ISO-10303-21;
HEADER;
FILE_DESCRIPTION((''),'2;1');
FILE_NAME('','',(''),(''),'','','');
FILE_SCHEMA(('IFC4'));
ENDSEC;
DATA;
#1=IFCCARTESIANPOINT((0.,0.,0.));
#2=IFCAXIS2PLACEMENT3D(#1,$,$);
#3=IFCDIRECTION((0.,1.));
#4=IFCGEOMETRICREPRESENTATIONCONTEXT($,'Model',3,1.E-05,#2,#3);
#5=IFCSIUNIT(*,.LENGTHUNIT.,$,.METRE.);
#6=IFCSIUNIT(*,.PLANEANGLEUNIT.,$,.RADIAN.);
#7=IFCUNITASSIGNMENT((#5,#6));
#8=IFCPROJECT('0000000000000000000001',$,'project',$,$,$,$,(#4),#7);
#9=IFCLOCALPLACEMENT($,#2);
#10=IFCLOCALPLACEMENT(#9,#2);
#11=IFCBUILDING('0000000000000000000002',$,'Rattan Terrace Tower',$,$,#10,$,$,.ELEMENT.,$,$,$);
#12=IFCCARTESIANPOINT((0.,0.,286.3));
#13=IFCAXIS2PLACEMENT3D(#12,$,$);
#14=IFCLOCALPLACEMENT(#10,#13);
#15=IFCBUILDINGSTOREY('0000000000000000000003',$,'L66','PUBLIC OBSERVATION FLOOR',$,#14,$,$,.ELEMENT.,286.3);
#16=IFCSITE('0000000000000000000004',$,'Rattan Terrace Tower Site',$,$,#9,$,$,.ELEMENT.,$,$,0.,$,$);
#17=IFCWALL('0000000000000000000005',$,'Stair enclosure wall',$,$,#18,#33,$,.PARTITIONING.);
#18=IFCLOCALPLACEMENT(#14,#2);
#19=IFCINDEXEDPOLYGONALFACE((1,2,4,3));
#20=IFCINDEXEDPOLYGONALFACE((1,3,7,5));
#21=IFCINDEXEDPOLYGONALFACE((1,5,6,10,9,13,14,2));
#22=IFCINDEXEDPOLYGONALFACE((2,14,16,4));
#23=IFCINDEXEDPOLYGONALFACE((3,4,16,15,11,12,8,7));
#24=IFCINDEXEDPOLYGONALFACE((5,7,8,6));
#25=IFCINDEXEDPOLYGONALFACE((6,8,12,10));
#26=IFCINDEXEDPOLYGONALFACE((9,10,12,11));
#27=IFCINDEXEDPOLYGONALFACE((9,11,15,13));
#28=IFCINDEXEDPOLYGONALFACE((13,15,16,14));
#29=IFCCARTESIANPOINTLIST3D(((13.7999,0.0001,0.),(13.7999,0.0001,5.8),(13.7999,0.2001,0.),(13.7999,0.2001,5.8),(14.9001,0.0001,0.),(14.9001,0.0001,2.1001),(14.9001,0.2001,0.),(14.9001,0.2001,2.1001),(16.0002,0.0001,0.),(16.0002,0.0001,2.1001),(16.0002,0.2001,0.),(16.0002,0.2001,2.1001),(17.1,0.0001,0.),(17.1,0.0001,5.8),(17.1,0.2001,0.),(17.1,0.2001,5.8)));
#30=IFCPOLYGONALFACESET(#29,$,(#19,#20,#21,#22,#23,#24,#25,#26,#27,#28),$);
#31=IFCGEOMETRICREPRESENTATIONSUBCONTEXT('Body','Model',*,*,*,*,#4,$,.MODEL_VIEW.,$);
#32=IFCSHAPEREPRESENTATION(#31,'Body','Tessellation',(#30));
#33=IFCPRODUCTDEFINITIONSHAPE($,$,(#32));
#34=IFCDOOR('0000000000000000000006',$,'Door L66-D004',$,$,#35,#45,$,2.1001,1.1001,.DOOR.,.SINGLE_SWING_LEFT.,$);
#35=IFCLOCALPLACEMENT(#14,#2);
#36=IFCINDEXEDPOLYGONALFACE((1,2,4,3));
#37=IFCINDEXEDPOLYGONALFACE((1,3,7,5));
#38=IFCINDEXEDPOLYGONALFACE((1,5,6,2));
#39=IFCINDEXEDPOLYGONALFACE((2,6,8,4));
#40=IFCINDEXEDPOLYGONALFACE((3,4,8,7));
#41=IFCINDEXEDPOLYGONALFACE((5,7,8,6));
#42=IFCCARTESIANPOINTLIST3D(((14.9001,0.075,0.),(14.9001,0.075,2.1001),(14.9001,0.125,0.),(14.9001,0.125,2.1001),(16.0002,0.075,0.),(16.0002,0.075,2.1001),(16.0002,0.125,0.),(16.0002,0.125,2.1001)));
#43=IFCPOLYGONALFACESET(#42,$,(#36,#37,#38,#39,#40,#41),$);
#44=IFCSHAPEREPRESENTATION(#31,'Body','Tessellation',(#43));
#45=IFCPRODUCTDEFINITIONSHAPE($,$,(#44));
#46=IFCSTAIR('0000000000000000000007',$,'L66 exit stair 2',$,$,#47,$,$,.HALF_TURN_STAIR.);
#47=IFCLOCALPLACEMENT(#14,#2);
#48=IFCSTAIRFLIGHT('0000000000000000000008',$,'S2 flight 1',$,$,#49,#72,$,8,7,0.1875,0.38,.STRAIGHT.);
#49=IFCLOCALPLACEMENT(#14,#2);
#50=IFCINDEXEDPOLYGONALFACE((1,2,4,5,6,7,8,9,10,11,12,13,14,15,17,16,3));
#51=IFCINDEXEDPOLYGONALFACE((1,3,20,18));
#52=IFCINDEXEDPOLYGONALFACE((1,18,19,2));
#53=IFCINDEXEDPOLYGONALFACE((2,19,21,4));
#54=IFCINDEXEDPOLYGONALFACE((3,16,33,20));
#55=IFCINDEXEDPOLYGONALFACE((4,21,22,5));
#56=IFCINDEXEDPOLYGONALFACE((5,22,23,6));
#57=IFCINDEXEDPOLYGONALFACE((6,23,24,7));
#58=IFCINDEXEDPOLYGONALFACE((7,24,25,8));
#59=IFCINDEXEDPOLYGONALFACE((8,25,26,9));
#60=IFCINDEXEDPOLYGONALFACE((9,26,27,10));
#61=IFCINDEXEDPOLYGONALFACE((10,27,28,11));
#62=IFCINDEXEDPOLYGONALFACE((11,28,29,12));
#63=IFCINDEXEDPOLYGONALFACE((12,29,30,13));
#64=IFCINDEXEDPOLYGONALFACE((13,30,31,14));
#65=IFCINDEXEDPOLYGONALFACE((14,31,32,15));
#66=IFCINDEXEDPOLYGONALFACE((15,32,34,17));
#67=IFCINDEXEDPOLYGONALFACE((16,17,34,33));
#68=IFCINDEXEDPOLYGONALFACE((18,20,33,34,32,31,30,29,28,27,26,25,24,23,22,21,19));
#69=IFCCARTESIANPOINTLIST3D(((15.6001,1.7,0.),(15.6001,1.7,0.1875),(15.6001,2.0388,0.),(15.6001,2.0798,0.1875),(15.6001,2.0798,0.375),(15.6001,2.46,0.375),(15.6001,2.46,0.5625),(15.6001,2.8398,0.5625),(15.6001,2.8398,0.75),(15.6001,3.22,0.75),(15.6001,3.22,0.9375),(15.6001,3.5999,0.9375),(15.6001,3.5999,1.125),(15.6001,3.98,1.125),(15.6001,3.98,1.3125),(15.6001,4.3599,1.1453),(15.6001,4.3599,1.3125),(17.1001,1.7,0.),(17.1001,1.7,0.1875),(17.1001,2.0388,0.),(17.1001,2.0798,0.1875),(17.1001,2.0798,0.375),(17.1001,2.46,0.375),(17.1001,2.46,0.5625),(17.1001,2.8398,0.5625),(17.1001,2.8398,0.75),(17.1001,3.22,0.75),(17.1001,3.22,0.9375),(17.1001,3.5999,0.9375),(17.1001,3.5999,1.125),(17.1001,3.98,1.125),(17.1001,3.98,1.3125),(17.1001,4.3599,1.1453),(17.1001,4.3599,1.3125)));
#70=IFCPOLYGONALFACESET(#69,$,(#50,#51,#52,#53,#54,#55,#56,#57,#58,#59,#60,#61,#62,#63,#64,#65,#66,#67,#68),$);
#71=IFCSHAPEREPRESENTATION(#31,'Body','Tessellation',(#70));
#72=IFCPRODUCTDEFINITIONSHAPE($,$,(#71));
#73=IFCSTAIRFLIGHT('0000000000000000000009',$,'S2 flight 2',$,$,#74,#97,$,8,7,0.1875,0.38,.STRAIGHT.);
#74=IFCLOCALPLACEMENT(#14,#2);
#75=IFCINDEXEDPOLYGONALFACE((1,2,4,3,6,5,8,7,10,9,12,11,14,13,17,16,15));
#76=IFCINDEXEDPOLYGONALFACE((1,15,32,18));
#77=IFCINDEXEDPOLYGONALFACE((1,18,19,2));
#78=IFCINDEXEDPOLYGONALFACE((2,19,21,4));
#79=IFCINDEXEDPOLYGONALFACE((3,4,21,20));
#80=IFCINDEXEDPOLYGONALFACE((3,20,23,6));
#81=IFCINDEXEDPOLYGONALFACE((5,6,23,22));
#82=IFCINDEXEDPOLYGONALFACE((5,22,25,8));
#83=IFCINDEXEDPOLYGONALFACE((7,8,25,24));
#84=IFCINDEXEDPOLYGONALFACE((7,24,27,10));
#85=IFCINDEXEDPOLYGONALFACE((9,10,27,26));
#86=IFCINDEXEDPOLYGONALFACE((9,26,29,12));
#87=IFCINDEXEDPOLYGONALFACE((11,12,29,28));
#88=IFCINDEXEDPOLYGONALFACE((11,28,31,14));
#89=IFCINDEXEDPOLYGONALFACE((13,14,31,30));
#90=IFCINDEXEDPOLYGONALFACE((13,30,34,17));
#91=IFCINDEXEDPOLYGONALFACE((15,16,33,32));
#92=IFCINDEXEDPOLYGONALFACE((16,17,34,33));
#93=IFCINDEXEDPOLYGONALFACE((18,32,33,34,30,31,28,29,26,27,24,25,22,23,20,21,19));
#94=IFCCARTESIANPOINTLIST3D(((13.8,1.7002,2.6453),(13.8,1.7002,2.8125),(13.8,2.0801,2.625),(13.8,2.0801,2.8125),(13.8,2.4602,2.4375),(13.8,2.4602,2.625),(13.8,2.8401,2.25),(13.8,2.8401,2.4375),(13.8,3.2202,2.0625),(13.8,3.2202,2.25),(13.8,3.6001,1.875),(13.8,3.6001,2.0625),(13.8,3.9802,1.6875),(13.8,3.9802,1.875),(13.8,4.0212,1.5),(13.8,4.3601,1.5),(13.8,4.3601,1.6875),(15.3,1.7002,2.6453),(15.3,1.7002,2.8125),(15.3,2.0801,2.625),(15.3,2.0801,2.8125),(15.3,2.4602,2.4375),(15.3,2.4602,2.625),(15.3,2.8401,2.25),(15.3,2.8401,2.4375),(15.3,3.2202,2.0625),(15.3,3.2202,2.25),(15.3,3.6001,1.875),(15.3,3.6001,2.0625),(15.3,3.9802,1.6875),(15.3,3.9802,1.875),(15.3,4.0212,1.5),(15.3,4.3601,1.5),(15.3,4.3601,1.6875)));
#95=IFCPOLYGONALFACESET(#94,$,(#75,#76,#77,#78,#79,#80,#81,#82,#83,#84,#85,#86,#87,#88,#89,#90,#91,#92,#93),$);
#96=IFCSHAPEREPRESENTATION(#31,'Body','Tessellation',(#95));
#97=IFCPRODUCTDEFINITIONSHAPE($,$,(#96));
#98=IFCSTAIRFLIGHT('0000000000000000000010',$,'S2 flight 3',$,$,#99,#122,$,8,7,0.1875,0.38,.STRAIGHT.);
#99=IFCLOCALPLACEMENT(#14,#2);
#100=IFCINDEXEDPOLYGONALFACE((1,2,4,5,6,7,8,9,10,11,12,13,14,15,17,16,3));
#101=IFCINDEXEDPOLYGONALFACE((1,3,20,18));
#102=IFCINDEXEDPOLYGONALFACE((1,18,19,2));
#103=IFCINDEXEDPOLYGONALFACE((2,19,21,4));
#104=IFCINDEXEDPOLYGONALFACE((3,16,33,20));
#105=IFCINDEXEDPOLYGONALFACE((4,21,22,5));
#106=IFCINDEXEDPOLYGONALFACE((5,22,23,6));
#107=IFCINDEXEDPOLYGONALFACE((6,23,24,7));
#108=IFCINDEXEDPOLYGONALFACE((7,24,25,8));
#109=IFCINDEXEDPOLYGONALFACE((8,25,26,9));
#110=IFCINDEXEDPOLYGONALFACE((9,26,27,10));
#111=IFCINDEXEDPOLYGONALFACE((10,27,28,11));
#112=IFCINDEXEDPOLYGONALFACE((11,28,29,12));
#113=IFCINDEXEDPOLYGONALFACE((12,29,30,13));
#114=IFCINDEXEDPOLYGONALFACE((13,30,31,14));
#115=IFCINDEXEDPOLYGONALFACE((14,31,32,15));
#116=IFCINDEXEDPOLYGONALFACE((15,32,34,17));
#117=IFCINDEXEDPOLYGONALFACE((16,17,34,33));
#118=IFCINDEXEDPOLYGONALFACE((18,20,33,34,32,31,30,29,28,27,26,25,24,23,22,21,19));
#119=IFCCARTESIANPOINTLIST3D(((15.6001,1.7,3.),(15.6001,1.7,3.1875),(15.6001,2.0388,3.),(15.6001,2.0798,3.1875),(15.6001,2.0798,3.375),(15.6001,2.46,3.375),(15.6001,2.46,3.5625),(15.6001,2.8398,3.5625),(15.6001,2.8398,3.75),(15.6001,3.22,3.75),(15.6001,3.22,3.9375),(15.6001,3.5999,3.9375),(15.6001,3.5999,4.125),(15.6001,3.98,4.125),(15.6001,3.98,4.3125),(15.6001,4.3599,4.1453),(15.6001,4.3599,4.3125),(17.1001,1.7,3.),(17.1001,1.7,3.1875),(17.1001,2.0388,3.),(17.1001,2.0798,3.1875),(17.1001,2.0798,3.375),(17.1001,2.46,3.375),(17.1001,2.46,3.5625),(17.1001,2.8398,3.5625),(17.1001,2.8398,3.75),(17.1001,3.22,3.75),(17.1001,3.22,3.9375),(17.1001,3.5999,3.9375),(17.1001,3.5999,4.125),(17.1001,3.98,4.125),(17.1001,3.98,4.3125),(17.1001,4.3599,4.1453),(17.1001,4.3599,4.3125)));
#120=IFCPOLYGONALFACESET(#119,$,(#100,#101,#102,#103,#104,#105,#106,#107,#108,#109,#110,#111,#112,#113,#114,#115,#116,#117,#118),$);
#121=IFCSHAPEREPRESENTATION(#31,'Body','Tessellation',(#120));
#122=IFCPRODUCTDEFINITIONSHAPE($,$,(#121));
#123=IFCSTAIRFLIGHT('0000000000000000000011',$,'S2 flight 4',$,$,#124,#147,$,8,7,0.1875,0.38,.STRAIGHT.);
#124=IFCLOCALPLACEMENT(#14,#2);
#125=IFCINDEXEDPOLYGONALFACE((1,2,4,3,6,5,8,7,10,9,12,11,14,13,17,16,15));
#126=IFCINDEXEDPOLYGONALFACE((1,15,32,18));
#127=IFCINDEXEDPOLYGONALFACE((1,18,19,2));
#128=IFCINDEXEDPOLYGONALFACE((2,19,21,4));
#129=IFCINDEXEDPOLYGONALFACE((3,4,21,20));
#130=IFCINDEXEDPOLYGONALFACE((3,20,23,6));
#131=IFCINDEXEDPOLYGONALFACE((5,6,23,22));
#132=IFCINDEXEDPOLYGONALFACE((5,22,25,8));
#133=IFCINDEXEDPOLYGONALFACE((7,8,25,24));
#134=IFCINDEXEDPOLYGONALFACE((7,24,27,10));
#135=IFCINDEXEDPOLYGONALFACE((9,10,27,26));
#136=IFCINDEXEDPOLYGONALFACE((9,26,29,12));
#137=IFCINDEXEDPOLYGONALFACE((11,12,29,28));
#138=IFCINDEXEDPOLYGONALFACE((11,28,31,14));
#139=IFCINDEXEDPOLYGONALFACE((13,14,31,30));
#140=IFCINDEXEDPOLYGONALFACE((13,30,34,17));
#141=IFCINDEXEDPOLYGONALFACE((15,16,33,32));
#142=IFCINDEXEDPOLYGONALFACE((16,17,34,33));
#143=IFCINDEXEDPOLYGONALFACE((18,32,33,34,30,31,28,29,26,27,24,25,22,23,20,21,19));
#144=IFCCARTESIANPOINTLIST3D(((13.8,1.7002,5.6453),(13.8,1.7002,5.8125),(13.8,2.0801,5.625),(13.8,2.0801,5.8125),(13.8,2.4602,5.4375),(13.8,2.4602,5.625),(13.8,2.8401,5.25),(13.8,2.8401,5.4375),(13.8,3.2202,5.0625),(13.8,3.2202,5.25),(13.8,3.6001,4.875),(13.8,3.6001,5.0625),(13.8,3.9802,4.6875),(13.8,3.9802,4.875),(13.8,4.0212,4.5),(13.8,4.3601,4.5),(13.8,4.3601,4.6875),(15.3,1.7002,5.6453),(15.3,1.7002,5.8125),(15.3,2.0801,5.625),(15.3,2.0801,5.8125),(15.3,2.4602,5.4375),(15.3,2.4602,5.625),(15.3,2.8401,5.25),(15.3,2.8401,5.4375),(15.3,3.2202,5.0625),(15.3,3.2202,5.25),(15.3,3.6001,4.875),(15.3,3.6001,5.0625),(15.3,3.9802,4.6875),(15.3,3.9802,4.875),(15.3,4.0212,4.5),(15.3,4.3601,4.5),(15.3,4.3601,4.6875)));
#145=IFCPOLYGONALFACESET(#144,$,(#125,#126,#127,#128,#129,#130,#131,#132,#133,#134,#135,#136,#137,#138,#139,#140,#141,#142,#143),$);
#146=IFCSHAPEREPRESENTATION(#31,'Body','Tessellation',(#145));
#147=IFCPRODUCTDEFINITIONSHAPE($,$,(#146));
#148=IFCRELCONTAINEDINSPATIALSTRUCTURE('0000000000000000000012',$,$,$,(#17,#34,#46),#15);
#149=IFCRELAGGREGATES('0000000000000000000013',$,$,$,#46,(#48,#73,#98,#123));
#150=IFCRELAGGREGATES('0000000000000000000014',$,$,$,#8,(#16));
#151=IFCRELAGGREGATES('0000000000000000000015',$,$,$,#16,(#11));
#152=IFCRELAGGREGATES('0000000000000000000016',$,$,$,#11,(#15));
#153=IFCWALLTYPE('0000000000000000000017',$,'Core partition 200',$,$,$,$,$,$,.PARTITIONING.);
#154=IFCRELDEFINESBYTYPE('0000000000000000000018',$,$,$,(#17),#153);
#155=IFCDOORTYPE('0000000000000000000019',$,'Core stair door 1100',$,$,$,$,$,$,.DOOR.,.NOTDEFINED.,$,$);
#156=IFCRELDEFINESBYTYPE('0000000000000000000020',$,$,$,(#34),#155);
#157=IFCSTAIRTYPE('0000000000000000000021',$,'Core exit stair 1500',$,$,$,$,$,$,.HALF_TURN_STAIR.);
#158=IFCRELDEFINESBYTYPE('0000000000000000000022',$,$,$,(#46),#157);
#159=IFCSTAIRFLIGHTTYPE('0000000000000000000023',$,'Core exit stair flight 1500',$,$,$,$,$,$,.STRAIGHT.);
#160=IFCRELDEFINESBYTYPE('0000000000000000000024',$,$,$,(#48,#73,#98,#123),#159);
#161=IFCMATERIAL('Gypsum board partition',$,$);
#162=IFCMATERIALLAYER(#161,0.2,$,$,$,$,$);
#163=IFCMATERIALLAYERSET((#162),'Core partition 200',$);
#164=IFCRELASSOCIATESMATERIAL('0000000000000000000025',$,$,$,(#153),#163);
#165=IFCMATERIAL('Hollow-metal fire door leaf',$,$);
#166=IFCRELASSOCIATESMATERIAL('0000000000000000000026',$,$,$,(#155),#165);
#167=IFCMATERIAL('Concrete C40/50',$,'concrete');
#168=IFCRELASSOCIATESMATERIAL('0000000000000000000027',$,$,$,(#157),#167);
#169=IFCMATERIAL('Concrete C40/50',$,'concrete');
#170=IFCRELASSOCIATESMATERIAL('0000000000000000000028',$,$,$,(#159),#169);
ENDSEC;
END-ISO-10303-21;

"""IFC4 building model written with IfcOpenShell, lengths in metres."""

from ifc_helpers import new_model, si_unit, direction, frame, frame_2d, origin, place, context, subcontext, project, spatial, polyline, rectangle, outline, extrude, material, layer, layer_set, type_object, element, fill, aggregate, save


model = new_model("IFC4")

# Units and contexts
model_context = context("Model", 3, precision=1e-05, world=origin(), true_north=direction((0.0, 1.0)))
body_context = subcontext(model_context, "Body", "Model", "MODEL_VIEW")
ifc_project = project(units=[si_unit("LENGTHUNIT", "METRE"), si_unit("PLANEANGLEUNIT", "RADIAN")], contexts=[model_context])

# Site, building, storey
site_placement = place(None, origin())
site = spatial("IfcSite", under=ifc_project, at=site_placement, Name="Rattan Terrace Tower Site", CompositionType="ELEMENT", RefElevation=0.0)
building_placement = place(site_placement, origin())
building = spatial("IfcBuilding", under=site, at=building_placement, Name="Rattan Terrace Tower", CompositionType="ELEMENT")
storey_placement = place(building_placement, frame((0.0, 0.0, 286.3)))
storey = spatial("IfcBuildingStorey", under=building, at=storey_placement, Name="L66", Description="PUBLIC OBSERVATION FLOOR", CompositionType="ELEMENT", Elevation=286.3)

# Wall, opening, door
ifc_material_1 = material(Name="Gypsum board partition")
ifc_layer_1 = layer(ifc_material_1, 0.2)
ifc_layer_set_1 = layer_set([ifc_layer_1], Name="Core partition 200")
wall_type = type_object("IfcWallType", Name="Core partition 200", PredefinedType="PARTITIONING", material=ifc_layer_set_1)
wall_placement = place(storey_placement, frame((13.8, 0.1001, 0.0), z_axis=(0.0, 0.0, 1.0), x_axis=(1.0, 0.0, 0.0)))
wall = element("IfcWall", 1, at=wall_placement, inside=storey, type_object=wall_type, Name="Stair enclosure wall", PredefinedType="PARTITIONING", context=body_context, shape_type="SweptSolid", body=[
    extrude(rectangle(XDim=3.3, YDim=0.2, at=frame_2d((1.6499, 0.0))), origin(), (0.0, 0.0, 1.0), 5.8),
])
opening_placement = place(wall_placement, frame((1.1001, 0.0, 0.0)))
opening = element("IfcOpeningElement", 2, at=opening_placement, cuts=wall, PredefinedType="OPENING", context=body_context, shape_type="SweptSolid", body=[
    extrude(rectangle(XDim=1.1001, YDim=2.1001, at=frame_2d((0.55, 1.05))), frame((0.0, 0.1106, 0.0), z_axis=(0.0, -1.0, 0.0), x_axis=(1.0, 0.0, 0.0)), (0.0, 0.0, 1.0), 0.2209),
])
ifc_material_2 = material(Name="Hollow-metal fire door leaf")
door_type = type_object("IfcDoorType", Name="Core stair door 1100", OperationType="NOTDEFINED", PredefinedType="DOOR", material=ifc_material_2)
door_placement = place(opening_placement, origin())
door = element("IfcDoor", 3, at=door_placement, inside=storey, type_object=door_type, Name="Door L66-D004", OperationType="SINGLE_SWING_LEFT", OverallHeight=2.1001, OverallWidth=1.1001, PredefinedType="DOOR", context=body_context, shape_type="SweptSolid", body=[
    extrude(rectangle(XDim=1.1001, YDim=2.1001, at=frame_2d((0.55, 1.05))), frame((0.0, 0.0249, 0.0), z_axis=(0.0, -1.0, 0.0), x_axis=(1.0, 0.0, 0.0)), (0.0, 0.0, 1.0), 0.05),
])
fill(opening, door)

# Stair, stair flights
ifc_material_3 = material(Name="Concrete C40/50", Category="concrete")
stair_type = type_object("IfcStairType", Name="Core exit stair 1500", PredefinedType="HALF_TURN_STAIR", material=ifc_material_3)
stair_placement = place(storey_placement, origin())
stair = element("IfcStair", 4, at=stair_placement, inside=storey, type_object=stair_type, Name="L66 exit stair 2", PredefinedType="HALF_TURN_STAIR")
ifc_material_4 = material(Name="Concrete C40/50", Category="concrete")
stair_flight_type = type_object("IfcStairFlightType", Name="Core exit stair flight 1500", PredefinedType="STRAIGHT", material=ifc_material_4)
stair_flight_1_placement = place(storey_placement, frame((16.3501, 1.7, 0.0), z_axis=(0.0, 0.0, 1.0), x_axis=(0.0, 1.0, 0.0)))
stair_flight_1 = element("IfcStairFlight", 5, at=stair_flight_1_placement, type_object=stair_flight_type, Name="S2 flight 1", NumberOfRisers=8, NumberOfTreads=7, PredefinedType="STRAIGHT", RiserHeight=0.1875, TreadLength=0.38, context=body_context, shape_type="SweptSolid", body=[
    extrude(outline(polyline([(0.0, 0.0), (0.0, 0.1875), (0.3799, 0.1875), (0.3799, 0.375), (0.76, 0.375), (0.76, 0.5625), (1.1399, 0.5625), (1.1399, 0.75), (1.52, 0.75), (1.52, 0.9375), (1.8999, 0.9375), (1.8999, 1.125), (2.28, 1.125), (2.28, 1.3125), (2.6599, 1.3125), (2.6599, 1.5), (2.6599, 1.1453), (0.3389, 0.0), (0.0, 0.0)])), frame((0.0, 0.75, 0.0), z_axis=(0.0, -1.0, 0.0), x_axis=(1.0, 0.0, 0.0)), (0.0, 0.0, 1.0), 1.5),
])
stair_flight_2_placement = place(storey_placement, frame((14.55, 4.3601, 1.5), z_axis=(0.0, 0.0, 1.0), x_axis=(0.0, -1.0, 0.0)))
stair_flight_2 = element("IfcStairFlight", 6, at=stair_flight_2_placement, type_object=stair_flight_type, Name="S2 flight 2", NumberOfRisers=8, NumberOfTreads=7, PredefinedType="STRAIGHT", RiserHeight=0.1875, TreadLength=0.38, context=body_context, shape_type="SweptSolid", body=[
    extrude(outline(polyline([(0.0, 0.0), (0.0, 0.1875), (0.3799, 0.1875), (0.3799, 0.375), (0.76, 0.375), (0.76, 0.5625), (1.1399, 0.5625), (1.1399, 0.75), (1.52, 0.75), (1.52, 0.9375), (1.8999, 0.9375), (1.8999, 1.125), (2.28, 1.125), (2.28, 1.3125), (2.6599, 1.3125), (2.6599, 1.5), (2.6599, 1.1453), (0.3389, 0.0), (0.0, 0.0)])), frame((0.0, 0.75, 0.0), z_axis=(0.0, -1.0, 0.0), x_axis=(1.0, 0.0, 0.0)), (0.0, 0.0, 1.0), 1.5),
])
stair_flight_3_placement = place(storey_placement, frame((16.3501, 1.7, 3.0), z_axis=(0.0, 0.0, 1.0), x_axis=(0.0, 1.0, 0.0)))
stair_flight_3 = element("IfcStairFlight", 7, at=stair_flight_3_placement, type_object=stair_flight_type, Name="S2 flight 3", NumberOfRisers=8, NumberOfTreads=7, PredefinedType="STRAIGHT", RiserHeight=0.1875, TreadLength=0.38, context=body_context, shape_type="SweptSolid", body=[
    extrude(outline(polyline([(0.0, 0.0), (0.0, 0.1875), (0.3799, 0.1875), (0.3799, 0.375), (0.76, 0.375), (0.76, 0.5625), (1.1399, 0.5625), (1.1399, 0.75), (1.52, 0.75), (1.52, 0.9375), (1.8999, 0.9375), (1.8999, 1.125), (2.28, 1.125), (2.28, 1.3125), (2.6599, 1.3125), (2.6599, 1.5), (2.6599, 1.1453), (0.3389, 0.0), (0.0, 0.0)])), frame((0.0, 0.75, 0.0), z_axis=(0.0, -1.0, 0.0), x_axis=(1.0, 0.0, 0.0)), (0.0, 0.0, 1.0), 1.5),
])
stair_flight_4_placement = place(storey_placement, frame((14.55, 4.3601, 4.5), z_axis=(0.0, 0.0, 1.0), x_axis=(0.0, -1.0, 0.0)))
stair_flight_4 = element("IfcStairFlight", 8, at=stair_flight_4_placement, type_object=stair_flight_type, Name="S2 flight 4", NumberOfRisers=8, NumberOfTreads=7, PredefinedType="STRAIGHT", RiserHeight=0.1875, TreadLength=0.38, context=body_context, shape_type="SweptSolid", body=[
    extrude(outline(polyline([(0.0, 0.0), (0.0, 0.1875), (0.3799, 0.1875), (0.3799, 0.375), (0.76, 0.375), (0.76, 0.5625), (1.1399, 0.5625), (1.1399, 0.75), (1.52, 0.75), (1.52, 0.9375), (1.8999, 0.9375), (1.8999, 1.125), (2.28, 1.125), (2.28, 1.3125), (2.6599, 1.3125), (2.6599, 1.5), (2.6599, 1.1453), (0.3389, 0.0), (0.0, 0.0)])), frame((0.0, 0.75, 0.0), z_axis=(0.0, -1.0, 0.0), x_axis=(1.0, 0.0, 0.0)), (0.0, 0.0, 1.0), 1.5),
])
aggregate(stair, [stair_flight_1, stair_flight_2, stair_flight_3, stair_flight_4])

save(model, "model.ifc")
